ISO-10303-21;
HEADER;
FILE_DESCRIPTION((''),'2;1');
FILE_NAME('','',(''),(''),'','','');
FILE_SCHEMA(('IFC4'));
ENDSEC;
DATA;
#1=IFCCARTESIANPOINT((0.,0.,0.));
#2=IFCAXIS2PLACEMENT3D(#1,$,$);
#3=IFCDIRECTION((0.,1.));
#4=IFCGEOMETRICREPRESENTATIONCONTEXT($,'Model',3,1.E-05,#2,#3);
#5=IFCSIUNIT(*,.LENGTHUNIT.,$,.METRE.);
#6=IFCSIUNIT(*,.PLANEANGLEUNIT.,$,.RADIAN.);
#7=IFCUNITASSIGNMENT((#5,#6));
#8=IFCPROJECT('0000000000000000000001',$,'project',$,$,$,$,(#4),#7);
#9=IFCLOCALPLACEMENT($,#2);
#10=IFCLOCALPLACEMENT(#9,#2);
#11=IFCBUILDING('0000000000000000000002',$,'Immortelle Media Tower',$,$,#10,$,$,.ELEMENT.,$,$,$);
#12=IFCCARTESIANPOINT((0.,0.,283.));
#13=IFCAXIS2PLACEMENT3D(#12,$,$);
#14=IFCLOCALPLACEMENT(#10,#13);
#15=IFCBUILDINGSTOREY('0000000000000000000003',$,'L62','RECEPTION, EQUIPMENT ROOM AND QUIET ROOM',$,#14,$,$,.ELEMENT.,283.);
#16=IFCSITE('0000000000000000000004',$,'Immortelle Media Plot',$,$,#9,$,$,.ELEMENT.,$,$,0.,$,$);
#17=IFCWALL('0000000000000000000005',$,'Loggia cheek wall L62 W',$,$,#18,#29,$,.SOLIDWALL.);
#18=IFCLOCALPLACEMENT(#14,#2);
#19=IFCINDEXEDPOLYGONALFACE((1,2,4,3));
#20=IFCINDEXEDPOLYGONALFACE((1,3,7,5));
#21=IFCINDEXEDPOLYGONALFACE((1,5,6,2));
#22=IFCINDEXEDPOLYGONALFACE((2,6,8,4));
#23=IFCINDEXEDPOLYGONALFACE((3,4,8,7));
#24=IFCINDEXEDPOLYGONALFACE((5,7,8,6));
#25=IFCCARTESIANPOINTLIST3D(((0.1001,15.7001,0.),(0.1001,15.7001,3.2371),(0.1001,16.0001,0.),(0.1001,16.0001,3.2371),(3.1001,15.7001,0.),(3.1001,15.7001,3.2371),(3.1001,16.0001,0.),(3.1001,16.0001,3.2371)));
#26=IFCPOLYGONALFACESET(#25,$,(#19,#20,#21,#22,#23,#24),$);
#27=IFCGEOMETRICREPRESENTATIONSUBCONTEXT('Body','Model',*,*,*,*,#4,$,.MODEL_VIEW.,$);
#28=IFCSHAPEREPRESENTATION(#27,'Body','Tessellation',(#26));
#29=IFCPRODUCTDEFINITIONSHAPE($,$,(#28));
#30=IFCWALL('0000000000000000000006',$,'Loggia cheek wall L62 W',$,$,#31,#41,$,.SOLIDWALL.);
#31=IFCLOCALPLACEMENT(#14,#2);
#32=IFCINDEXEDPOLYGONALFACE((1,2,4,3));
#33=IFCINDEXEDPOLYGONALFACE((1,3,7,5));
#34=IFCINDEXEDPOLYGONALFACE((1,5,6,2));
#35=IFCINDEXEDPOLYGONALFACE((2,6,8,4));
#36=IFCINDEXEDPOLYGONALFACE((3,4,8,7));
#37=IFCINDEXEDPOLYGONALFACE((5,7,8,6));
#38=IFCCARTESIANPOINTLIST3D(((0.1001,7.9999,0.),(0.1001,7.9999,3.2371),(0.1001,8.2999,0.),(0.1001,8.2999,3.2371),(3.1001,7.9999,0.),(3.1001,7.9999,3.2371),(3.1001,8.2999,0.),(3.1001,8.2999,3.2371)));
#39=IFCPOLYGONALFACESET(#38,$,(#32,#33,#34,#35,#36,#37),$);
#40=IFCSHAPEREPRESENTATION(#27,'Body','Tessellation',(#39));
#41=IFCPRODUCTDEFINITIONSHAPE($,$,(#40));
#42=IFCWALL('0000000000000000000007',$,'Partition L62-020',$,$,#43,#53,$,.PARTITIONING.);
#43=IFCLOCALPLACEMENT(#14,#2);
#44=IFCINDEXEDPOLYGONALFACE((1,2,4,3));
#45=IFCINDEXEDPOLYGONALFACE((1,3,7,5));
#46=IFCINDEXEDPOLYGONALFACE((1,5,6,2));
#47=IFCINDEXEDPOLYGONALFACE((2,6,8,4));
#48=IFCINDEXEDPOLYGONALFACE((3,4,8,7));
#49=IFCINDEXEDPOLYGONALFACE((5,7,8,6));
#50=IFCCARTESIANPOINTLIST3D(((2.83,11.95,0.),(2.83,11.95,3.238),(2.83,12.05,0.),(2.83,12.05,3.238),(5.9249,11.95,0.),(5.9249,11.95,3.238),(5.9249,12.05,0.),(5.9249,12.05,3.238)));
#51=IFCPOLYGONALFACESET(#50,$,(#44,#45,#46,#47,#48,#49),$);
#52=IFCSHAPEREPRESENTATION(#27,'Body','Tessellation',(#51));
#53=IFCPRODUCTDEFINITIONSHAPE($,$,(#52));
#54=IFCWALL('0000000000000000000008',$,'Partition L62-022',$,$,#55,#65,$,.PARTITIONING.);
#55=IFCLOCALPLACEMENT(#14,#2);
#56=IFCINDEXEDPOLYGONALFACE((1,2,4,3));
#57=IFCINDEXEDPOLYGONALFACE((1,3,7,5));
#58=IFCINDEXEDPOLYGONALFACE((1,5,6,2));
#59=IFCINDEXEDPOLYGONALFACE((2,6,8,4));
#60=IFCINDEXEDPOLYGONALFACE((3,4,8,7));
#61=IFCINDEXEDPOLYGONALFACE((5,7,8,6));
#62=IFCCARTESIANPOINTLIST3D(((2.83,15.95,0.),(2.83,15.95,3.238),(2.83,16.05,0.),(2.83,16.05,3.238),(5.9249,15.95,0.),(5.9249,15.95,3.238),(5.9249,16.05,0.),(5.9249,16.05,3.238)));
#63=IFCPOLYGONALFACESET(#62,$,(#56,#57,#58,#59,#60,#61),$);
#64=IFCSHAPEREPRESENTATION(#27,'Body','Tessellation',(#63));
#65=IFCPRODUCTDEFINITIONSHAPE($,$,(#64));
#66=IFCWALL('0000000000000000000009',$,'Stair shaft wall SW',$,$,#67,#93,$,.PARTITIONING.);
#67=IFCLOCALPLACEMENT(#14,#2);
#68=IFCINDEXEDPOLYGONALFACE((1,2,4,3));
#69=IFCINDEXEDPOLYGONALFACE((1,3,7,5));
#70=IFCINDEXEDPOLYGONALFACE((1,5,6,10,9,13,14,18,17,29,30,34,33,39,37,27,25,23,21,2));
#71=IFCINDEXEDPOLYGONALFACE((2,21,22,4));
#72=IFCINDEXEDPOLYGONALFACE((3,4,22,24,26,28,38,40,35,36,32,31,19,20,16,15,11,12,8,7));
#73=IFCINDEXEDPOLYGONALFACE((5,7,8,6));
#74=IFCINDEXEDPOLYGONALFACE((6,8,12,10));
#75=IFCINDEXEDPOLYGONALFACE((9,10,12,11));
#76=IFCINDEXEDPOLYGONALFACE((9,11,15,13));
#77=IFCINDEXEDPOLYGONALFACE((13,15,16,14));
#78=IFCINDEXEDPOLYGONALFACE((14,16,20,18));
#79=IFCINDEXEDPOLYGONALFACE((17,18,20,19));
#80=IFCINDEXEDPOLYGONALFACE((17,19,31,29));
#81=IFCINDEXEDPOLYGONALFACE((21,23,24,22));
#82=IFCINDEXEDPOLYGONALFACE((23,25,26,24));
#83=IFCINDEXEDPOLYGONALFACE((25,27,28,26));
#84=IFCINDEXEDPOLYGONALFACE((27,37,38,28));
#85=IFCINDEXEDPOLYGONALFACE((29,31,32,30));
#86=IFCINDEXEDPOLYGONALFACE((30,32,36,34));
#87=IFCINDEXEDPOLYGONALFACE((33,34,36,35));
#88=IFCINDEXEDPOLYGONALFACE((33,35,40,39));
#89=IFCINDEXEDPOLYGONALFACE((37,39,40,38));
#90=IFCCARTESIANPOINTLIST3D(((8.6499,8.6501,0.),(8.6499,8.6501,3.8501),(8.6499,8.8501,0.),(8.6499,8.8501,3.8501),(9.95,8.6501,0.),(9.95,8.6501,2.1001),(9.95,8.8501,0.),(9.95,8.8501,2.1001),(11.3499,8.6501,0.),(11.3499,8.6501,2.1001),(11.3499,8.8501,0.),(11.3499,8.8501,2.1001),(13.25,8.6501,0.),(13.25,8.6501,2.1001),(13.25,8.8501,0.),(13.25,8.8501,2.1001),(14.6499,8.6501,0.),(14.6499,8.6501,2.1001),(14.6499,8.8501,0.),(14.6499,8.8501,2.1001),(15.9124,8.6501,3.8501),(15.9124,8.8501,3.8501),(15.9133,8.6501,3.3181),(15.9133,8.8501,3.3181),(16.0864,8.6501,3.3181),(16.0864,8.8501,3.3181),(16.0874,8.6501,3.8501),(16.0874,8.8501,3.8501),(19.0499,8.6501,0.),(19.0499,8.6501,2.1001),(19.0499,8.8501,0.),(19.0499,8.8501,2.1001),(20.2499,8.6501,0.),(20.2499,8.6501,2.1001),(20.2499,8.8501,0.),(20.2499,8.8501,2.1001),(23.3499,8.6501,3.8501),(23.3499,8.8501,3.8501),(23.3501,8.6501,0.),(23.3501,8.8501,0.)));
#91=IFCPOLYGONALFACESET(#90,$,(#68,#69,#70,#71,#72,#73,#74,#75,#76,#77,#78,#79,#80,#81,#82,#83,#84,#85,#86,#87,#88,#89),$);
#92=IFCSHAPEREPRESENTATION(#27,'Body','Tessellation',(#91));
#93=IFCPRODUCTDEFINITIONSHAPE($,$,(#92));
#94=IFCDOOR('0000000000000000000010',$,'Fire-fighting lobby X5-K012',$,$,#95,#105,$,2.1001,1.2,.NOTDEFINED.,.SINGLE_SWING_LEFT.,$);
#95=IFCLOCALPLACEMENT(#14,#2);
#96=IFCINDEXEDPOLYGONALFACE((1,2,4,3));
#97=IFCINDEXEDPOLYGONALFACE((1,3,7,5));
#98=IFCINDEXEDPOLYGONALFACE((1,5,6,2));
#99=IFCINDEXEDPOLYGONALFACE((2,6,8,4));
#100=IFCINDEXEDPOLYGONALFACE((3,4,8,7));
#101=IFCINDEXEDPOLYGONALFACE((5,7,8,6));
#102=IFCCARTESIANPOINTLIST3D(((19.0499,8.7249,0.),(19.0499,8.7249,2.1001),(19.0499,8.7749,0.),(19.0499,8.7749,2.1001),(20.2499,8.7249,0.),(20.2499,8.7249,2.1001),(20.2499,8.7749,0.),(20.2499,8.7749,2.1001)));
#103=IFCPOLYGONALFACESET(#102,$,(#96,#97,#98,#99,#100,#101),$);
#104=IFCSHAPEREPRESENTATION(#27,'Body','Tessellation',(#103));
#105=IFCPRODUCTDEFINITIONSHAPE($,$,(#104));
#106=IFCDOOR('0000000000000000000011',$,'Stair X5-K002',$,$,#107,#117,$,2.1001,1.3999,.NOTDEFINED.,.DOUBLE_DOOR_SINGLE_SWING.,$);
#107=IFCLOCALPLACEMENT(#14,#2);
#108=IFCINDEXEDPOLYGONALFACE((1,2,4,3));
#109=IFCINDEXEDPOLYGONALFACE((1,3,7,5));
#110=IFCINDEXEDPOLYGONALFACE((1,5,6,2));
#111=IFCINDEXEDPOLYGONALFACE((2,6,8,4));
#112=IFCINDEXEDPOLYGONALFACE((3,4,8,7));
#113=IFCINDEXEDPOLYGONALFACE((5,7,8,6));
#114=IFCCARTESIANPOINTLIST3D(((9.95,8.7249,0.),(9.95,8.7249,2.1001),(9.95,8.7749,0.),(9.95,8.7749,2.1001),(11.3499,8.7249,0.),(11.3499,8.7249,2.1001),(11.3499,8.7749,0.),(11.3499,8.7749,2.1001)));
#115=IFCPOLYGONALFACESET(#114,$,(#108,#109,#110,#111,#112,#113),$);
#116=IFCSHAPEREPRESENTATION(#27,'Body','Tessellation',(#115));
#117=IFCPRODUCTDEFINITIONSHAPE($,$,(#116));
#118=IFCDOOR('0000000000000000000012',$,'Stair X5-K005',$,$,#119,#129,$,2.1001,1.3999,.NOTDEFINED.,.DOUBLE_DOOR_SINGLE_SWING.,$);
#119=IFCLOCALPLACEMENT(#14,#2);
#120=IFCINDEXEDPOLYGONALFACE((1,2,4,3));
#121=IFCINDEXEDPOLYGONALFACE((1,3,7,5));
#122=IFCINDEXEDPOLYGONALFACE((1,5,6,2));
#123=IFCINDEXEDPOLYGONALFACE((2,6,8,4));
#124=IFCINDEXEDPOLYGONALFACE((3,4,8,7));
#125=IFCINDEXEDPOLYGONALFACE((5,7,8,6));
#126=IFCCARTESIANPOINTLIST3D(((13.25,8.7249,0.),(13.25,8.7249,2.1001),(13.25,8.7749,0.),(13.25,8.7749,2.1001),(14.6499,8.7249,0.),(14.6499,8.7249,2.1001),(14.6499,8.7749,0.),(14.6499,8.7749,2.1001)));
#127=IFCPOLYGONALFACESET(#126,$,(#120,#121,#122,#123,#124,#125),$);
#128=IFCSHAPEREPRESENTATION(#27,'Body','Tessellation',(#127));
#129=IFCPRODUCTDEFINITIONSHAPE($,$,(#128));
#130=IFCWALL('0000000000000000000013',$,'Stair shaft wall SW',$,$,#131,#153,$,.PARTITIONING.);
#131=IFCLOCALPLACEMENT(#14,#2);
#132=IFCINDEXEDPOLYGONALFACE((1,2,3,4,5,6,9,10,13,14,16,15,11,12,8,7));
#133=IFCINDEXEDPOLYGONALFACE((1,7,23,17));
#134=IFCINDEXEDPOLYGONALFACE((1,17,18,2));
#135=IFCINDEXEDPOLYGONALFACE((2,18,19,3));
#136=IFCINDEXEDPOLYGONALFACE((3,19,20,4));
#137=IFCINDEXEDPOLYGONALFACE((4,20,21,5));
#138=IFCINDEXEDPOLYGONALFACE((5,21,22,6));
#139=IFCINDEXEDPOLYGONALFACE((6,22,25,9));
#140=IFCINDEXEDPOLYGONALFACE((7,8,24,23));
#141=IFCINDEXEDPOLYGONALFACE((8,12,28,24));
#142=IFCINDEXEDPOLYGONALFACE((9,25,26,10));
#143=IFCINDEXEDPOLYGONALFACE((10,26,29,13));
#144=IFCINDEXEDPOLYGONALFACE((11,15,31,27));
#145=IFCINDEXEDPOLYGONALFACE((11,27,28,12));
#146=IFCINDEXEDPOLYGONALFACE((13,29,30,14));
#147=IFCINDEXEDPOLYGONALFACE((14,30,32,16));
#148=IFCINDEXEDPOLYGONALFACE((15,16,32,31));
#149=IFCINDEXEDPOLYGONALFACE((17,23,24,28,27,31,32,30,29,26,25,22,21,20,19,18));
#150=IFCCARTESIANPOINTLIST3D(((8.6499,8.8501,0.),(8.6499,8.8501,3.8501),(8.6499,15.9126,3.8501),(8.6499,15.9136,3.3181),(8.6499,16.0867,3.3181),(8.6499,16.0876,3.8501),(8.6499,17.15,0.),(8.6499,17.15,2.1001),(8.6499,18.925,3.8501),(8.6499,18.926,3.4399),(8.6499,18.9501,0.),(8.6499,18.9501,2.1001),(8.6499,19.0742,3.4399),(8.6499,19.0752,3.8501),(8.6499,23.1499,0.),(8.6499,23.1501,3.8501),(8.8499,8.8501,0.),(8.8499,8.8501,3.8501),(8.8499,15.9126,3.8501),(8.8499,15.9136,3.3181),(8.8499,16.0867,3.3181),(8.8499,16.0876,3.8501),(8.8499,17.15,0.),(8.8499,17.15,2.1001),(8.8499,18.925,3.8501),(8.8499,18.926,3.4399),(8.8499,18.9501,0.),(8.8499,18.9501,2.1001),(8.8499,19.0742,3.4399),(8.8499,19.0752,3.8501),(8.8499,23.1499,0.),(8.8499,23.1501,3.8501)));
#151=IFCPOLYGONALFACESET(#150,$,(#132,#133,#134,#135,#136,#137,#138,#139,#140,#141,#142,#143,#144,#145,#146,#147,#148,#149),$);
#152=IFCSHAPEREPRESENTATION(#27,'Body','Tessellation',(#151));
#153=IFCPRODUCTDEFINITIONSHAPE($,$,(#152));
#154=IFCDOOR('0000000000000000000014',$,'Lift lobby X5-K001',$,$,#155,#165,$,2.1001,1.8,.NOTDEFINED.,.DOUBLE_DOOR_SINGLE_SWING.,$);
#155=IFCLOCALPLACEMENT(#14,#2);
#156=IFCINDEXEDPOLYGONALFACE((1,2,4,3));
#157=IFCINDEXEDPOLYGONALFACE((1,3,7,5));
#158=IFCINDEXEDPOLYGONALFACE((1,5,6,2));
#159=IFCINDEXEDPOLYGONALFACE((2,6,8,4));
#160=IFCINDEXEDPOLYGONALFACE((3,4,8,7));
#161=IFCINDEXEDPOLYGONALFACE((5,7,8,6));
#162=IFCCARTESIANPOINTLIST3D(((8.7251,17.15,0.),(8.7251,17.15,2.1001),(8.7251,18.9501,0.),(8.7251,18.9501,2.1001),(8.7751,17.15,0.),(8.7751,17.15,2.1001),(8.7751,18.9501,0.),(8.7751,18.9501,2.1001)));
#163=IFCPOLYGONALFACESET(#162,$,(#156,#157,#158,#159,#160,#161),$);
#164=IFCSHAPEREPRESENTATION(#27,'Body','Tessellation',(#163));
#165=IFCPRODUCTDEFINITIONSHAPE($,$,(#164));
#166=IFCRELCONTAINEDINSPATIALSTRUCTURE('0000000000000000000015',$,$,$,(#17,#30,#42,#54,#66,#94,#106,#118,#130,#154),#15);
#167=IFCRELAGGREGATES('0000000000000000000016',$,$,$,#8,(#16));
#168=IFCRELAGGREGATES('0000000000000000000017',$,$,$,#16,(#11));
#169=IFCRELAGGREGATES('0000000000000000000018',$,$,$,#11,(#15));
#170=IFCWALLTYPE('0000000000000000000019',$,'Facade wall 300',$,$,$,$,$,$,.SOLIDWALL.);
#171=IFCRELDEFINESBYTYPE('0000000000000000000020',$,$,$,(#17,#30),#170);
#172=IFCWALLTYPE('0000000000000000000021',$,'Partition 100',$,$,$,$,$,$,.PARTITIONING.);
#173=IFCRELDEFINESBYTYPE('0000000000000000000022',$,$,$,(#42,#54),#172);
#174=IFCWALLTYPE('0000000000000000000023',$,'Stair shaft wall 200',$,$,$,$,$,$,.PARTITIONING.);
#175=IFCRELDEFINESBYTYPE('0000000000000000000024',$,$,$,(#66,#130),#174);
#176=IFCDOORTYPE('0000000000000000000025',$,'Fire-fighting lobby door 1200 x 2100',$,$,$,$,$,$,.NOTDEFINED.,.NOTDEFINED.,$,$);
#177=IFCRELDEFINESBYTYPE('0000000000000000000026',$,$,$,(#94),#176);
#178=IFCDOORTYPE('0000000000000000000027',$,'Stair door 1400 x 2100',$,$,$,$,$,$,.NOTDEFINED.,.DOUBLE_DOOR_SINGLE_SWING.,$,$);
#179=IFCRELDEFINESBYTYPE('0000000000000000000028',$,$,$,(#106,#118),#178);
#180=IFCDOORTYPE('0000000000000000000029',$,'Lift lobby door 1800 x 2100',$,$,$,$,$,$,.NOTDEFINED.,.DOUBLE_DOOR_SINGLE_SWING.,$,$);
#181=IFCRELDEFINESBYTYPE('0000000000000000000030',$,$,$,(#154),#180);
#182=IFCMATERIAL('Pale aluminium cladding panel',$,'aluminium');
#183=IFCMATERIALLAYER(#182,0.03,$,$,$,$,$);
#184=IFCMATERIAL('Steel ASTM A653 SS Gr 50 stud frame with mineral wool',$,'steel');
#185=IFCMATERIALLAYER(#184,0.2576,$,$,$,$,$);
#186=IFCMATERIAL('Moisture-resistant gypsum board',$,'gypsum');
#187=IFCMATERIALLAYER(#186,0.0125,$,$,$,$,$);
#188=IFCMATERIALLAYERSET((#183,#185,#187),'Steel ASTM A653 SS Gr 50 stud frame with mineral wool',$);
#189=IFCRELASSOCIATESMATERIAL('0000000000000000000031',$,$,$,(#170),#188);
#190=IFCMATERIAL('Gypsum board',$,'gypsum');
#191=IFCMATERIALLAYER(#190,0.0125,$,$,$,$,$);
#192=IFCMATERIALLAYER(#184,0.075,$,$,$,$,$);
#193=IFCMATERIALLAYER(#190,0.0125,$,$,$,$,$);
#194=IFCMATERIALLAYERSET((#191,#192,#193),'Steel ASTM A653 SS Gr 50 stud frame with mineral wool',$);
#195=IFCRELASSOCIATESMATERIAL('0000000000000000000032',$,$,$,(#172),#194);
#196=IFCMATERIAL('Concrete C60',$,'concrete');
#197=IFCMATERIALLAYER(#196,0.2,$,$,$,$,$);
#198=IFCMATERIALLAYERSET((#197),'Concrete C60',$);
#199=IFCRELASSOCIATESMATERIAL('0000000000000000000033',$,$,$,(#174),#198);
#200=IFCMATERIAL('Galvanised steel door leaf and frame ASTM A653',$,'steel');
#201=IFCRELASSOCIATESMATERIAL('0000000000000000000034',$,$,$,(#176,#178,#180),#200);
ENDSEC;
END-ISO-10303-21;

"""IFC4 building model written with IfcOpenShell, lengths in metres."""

from ifc_helpers import new_model, si_unit, direction, frame, frame_2d, origin, place, context, subcontext, project, spatial, polyline, rectangle, outline, extrude, material, layer, layer_set, type_object, element, fill, save


model = new_model("IFC4")

# Units and contexts
model_context = context("Model", 3, precision=1e-05, world=origin(), true_north=direction((0.0, 1.0)))
body_context = subcontext(model_context, "Body", "Model", "MODEL_VIEW")
ifc_project = project(units=[si_unit("LENGTHUNIT", "METRE"), si_unit("PLANEANGLEUNIT", "RADIAN")], contexts=[model_context])

# Site, building, storey
site_placement = place(None, origin())
site = spatial("IfcSite", under=ifc_project, at=site_placement, Name="Immortelle Media Plot", CompositionType="ELEMENT", RefElevation=0.0)
building_placement = place(site_placement, origin())
building = spatial("IfcBuilding", under=site, at=building_placement, Name="Immortelle Media Tower", CompositionType="ELEMENT")
storey_placement = place(building_placement, frame((0.0, 0.0, 283.0)))
storey = spatial("IfcBuildingStorey", under=building, at=storey_placement, Name="L62", Description="RECEPTION, EQUIPMENT ROOM AND QUIET ROOM", CompositionType="ELEMENT", Elevation=283.0)

# Shared definitions
ifc_material_1 = material(Name="Pale aluminium cladding panel", Category="aluminium")
ifc_layer_1 = layer(ifc_material_1, 0.03)
ifc_material_2 = material(Name="Steel ASTM A653 SS Gr 50 stud frame with mineral wool", Category="steel")
ifc_layer_2 = layer(ifc_material_2, 0.2576)
ifc_material_3 = material(Name="Moisture-resistant gypsum board", Category="gypsum")
ifc_layer_3 = layer(ifc_material_3, 0.0125)
ifc_layer_set_1 = layer_set([ifc_layer_1, ifc_layer_2, ifc_layer_3], Name="Steel ASTM A653 SS Gr 50 stud frame with mineral wool")
wall_type_1 = type_object("IfcWallType", Name="Facade wall 300", PredefinedType="SOLIDWALL", material=ifc_layer_set_1)

# Walls
for number, where, z_axis, x_axis, name in (
    (1, (0.1001, 15.8501, 0.0), (0.0, 0.0, 1.0), (1.0, 0.0, 0.0), "Loggia cheek wall L62 W"),
    (2, (0.1001, 8.1499, 0.0), (0.0, 0.0, 1.0), (1.0, 0.0, 0.0), "Loggia cheek wall L62 W"),
):
    element("IfcWall", number, at=place(storey_placement, frame(where, z_axis=z_axis, x_axis=x_axis)), inside=storey, type_object=wall_type_1, Name=name, PredefinedType="SOLIDWALL", context=body_context, shape_type="SweptSolid", body=[
        extrude(rectangle(XDim=3.0, YDim=0.3, at=frame_2d((1.5, 0.0))), origin(), (0.0, 0.0, 1.0), 3.2371),
    ])
ifc_material_4 = material(Name="Gypsum board", Category="gypsum")
ifc_layer_4 = layer(ifc_material_4, 0.0125)
ifc_layer_5 = layer(ifc_material_2, 0.075)
ifc_layer_6 = layer(ifc_material_4, 0.0125)
ifc_layer_set_2 = layer_set([ifc_layer_4, ifc_layer_5, ifc_layer_6], Name="Steel ASTM A653 SS Gr 50 stud frame with mineral wool")
wall_type_2 = type_object("IfcWallType", Name="Partition 100", PredefinedType="PARTITIONING", material=ifc_layer_set_2)
for number, where, z_axis, x_axis, name in (
    (3, (2.8301, 12.0, 0.0), (0.0, 0.0, 1.0), (1.0, 0.0, 0.0), "Partition L62-020"),
    (4, (2.8301, 16.0, 0.0), (0.0, 0.0, 1.0), (1.0, 0.0, 0.0), "Partition L62-022"),
):
    element("IfcWall", number, at=place(storey_placement, frame(where, z_axis=z_axis, x_axis=x_axis)), inside=storey, type_object=wall_type_2, Name=name, PredefinedType="PARTITIONING", context=body_context, shape_type="SweptSolid", body=[
        extrude(rectangle(XDim=3.095, YDim=0.1001, at=frame_2d((1.5474, 0.0))), origin(), (0.0, 0.0, 1.0), 3.238),
    ])

# Wall, openings, doors
ifc_material_5 = material(Name="Concrete C60", Category="concrete")
ifc_layer_7 = layer(ifc_material_5, 0.2)
ifc_layer_set_3 = layer_set([ifc_layer_7], Name="Concrete C60")
wall_type_3 = type_object("IfcWallType", Name="Stair shaft wall 200", PredefinedType="PARTITIONING", material=ifc_layer_set_3)
wall_1_placement = place(storey_placement, frame((8.6499, 8.75, 0.0), z_axis=(0.0, 0.0, 1.0), x_axis=(1.0, 0.0, 0.0)))
wall_1 = element("IfcWall", 5, at=wall_1_placement, inside=storey, type_object=wall_type_3, Name="Stair shaft wall SW", PredefinedType="PARTITIONING", context=body_context, shape_type="SweptSolid", body=[
    extrude(outline(polyline([(0.0, 0.0), (14.7002, 0.0), (14.7, 3.8501), (7.4375, 3.8501), (7.4365, 3.3181), (7.2634, 3.3181), (7.2625, 3.8501), (0.0, 3.8501), (0.0, 0.0)])), frame((0.0, 0.1001, 0.0), z_axis=(0.0, -1.0, 0.0), x_axis=(1.0, 0.0, 0.0)), (0.0, 0.0, 1.0), 0.2),
])
opening_1_placement = place(wall_1_placement, frame((1.3, 0.0, 0.0)))
opening_1 = element("IfcOpeningElement", 6, at=opening_1_placement, cuts=wall_1, PredefinedType="OPENING", context=body_context, shape_type="SweptSolid", body=[
    extrude(rectangle(XDim=1.3999, YDim=2.1001, at=frame_2d((0.7, 1.05))), frame((0.0, 0.1099, 0.0), z_axis=(0.0, -1.0, 0.0), x_axis=(1.0, 0.0, 0.0)), (0.0, 0.0, 1.0), 0.22),
])
opening_2_placement = place(wall_1_placement, frame((4.6001, 0.0, 0.0)))
opening_2 = element("IfcOpeningElement", 7, at=opening_2_placement, cuts=wall_1, PredefinedType="OPENING", context=body_context, shape_type="SweptSolid", body=[
    extrude(rectangle(XDim=1.3999, YDim=2.1001, at=frame_2d((0.7, 1.05))), frame((0.0, 0.1099, 0.0), z_axis=(0.0, -1.0, 0.0), x_axis=(1.0, 0.0, 0.0)), (0.0, 0.0, 1.0), 0.22),
])
opening_3_placement = place(wall_1_placement, frame((10.3999, 0.0, 0.0)))
opening_3 = element("IfcOpeningElement", 8, at=opening_3_placement, cuts=wall_1, PredefinedType="OPENING", context=body_context, shape_type="SweptSolid", body=[
    extrude(rectangle(XDim=1.2, YDim=2.1001, at=frame_2d((0.6001, 1.05))), frame((0.0, 0.1099, 0.0), z_axis=(0.0, -1.0, 0.0), x_axis=(1.0, 0.0, 0.0)), (0.0, 0.0, 1.0), 0.22),
])
ifc_material_6 = material(Name="Galvanised steel door leaf and frame ASTM A653", Category="steel")
door_type_1 = type_object("IfcDoorType", Name="Fire-fighting lobby door 1200 x 2100", OperationType="NOTDEFINED", PredefinedType="NOTDEFINED", material=ifc_material_6)
door_1_placement = place(opening_3_placement, origin())
door_1 = element("IfcDoor", 9, at=door_1_placement, inside=storey, type_object=door_type_1, Name="Fire-fighting lobby X5-K012", OperationType="SINGLE_SWING_LEFT", OverallHeight=2.1001, OverallWidth=1.2, PredefinedType="NOTDEFINED", context=body_context, shape_type="SweptSolid", body=[
    extrude(rectangle(XDim=1.2, YDim=2.1001, at=frame_2d((0.6001, 1.05))), frame((0.0, 0.0249, 0.0), z_axis=(0.0, -1.0, 0.0), x_axis=(1.0, 0.0, 0.0)), (0.0, 0.0, 1.0), 0.05),
])
fill(opening_3, door_1)
door_type_2 = type_object("IfcDoorType", Name="Stair door 1400 x 2100", OperationType="DOUBLE_DOOR_SINGLE_SWING", PredefinedType="NOTDEFINED", material=ifc_material_6)
door_2_placement = place(opening_1_placement, origin())
door_2 = element("IfcDoor", 10, at=door_2_placement, inside=storey, type_object=door_type_2, Name="Stair X5-K002", OperationType="DOUBLE_DOOR_SINGLE_SWING", OverallHeight=2.1001, OverallWidth=1.3999, PredefinedType="NOTDEFINED", context=body_context, shape_type="SweptSolid", body=[
    extrude(rectangle(XDim=1.3999, YDim=2.1001, at=frame_2d((0.7, 1.05))), frame((0.0, 0.0249, 0.0), z_axis=(0.0, -1.0, 0.0), x_axis=(1.0, 0.0, 0.0)), (0.0, 0.0, 1.0), 0.05),
])
fill(opening_1, door_2)
door_3_placement = place(opening_2_placement, origin())
door_3 = element("IfcDoor", 11, at=door_3_placement, inside=storey, type_object=door_type_2, Name="Stair X5-K005", OperationType="DOUBLE_DOOR_SINGLE_SWING", OverallHeight=2.1001, OverallWidth=1.3999, PredefinedType="NOTDEFINED", context=body_context, shape_type="SweptSolid", body=[
    extrude(rectangle(XDim=1.3999, YDim=2.1001, at=frame_2d((0.7, 1.05))), frame((0.0, 0.0249, 0.0), z_axis=(0.0, -1.0, 0.0), x_axis=(1.0, 0.0, 0.0)), (0.0, 0.0, 1.0), 0.05),
])
fill(opening_2, door_3)

# Wall, opening, door
wall_2_placement = place(storey_placement, frame((8.75, 8.8501, 0.0), z_axis=(0.0, 0.0, 1.0), x_axis=(0.0, 1.0, 0.0)))
wall_2 = element("IfcWall", 12, at=wall_2_placement, inside=storey, type_object=wall_type_3, Name="Stair shaft wall SW", PredefinedType="PARTITIONING", context=body_context, shape_type="SweptSolid", body=[
    extrude(outline(polyline([(0.0, 0.0), (14.2998, 0.0), (14.3, 3.8501), (10.2251, 3.8501), (10.2241, 3.4399), (10.0759, 3.4399), (10.075, 3.8501), (7.2375, 3.8501), (7.2366, 3.3181), (7.0635, 3.3181), (7.0625, 3.8501), (0.0, 3.8501), (0.0, 0.0)])), frame((0.0, 0.1001, 0.0), z_axis=(0.0, -1.0, 0.0), x_axis=(1.0, 0.0, 0.0)), (0.0, 0.0, 1.0), 0.2),
])
opening_4_placement = place(wall_2_placement, frame((8.3, 0.0, 0.0)))
opening_4 = element("IfcOpeningElement", 13, at=opening_4_placement, cuts=wall_2, PredefinedType="OPENING", context=body_context, shape_type="SweptSolid", body=[
    extrude(rectangle(XDim=1.8, YDim=2.1001, at=frame_2d((0.8999, 1.05))), frame((0.0, 0.1099, 0.0), z_axis=(0.0, -1.0, 0.0), x_axis=(1.0, 0.0, 0.0)), (0.0, 0.0, 1.0), 0.22),
])
door_type_3 = type_object("IfcDoorType", Name="Lift lobby door 1800 x 2100", OperationType="DOUBLE_DOOR_SINGLE_SWING", PredefinedType="NOTDEFINED", material=ifc_material_6)
door_4_placement = place(opening_4_placement, origin())
door_4 = element("IfcDoor", 14, at=door_4_placement, inside=storey, type_object=door_type_3, Name="Lift lobby X5-K001", OperationType="DOUBLE_DOOR_SINGLE_SWING", OverallHeight=2.1001, OverallWidth=1.8, PredefinedType="NOTDEFINED", context=body_context, shape_type="SweptSolid", body=[
    extrude(rectangle(XDim=1.8, YDim=2.1001, at=frame_2d((0.8999, 1.05))), frame((0.0, 0.0249, 0.0), z_axis=(0.0, -1.0, 0.0), x_axis=(1.0, 0.0, 0.0)), (0.0, 0.0, 1.0), 0.05),
])
fill(opening_4, door_4)

save(model, "model.ifc")
